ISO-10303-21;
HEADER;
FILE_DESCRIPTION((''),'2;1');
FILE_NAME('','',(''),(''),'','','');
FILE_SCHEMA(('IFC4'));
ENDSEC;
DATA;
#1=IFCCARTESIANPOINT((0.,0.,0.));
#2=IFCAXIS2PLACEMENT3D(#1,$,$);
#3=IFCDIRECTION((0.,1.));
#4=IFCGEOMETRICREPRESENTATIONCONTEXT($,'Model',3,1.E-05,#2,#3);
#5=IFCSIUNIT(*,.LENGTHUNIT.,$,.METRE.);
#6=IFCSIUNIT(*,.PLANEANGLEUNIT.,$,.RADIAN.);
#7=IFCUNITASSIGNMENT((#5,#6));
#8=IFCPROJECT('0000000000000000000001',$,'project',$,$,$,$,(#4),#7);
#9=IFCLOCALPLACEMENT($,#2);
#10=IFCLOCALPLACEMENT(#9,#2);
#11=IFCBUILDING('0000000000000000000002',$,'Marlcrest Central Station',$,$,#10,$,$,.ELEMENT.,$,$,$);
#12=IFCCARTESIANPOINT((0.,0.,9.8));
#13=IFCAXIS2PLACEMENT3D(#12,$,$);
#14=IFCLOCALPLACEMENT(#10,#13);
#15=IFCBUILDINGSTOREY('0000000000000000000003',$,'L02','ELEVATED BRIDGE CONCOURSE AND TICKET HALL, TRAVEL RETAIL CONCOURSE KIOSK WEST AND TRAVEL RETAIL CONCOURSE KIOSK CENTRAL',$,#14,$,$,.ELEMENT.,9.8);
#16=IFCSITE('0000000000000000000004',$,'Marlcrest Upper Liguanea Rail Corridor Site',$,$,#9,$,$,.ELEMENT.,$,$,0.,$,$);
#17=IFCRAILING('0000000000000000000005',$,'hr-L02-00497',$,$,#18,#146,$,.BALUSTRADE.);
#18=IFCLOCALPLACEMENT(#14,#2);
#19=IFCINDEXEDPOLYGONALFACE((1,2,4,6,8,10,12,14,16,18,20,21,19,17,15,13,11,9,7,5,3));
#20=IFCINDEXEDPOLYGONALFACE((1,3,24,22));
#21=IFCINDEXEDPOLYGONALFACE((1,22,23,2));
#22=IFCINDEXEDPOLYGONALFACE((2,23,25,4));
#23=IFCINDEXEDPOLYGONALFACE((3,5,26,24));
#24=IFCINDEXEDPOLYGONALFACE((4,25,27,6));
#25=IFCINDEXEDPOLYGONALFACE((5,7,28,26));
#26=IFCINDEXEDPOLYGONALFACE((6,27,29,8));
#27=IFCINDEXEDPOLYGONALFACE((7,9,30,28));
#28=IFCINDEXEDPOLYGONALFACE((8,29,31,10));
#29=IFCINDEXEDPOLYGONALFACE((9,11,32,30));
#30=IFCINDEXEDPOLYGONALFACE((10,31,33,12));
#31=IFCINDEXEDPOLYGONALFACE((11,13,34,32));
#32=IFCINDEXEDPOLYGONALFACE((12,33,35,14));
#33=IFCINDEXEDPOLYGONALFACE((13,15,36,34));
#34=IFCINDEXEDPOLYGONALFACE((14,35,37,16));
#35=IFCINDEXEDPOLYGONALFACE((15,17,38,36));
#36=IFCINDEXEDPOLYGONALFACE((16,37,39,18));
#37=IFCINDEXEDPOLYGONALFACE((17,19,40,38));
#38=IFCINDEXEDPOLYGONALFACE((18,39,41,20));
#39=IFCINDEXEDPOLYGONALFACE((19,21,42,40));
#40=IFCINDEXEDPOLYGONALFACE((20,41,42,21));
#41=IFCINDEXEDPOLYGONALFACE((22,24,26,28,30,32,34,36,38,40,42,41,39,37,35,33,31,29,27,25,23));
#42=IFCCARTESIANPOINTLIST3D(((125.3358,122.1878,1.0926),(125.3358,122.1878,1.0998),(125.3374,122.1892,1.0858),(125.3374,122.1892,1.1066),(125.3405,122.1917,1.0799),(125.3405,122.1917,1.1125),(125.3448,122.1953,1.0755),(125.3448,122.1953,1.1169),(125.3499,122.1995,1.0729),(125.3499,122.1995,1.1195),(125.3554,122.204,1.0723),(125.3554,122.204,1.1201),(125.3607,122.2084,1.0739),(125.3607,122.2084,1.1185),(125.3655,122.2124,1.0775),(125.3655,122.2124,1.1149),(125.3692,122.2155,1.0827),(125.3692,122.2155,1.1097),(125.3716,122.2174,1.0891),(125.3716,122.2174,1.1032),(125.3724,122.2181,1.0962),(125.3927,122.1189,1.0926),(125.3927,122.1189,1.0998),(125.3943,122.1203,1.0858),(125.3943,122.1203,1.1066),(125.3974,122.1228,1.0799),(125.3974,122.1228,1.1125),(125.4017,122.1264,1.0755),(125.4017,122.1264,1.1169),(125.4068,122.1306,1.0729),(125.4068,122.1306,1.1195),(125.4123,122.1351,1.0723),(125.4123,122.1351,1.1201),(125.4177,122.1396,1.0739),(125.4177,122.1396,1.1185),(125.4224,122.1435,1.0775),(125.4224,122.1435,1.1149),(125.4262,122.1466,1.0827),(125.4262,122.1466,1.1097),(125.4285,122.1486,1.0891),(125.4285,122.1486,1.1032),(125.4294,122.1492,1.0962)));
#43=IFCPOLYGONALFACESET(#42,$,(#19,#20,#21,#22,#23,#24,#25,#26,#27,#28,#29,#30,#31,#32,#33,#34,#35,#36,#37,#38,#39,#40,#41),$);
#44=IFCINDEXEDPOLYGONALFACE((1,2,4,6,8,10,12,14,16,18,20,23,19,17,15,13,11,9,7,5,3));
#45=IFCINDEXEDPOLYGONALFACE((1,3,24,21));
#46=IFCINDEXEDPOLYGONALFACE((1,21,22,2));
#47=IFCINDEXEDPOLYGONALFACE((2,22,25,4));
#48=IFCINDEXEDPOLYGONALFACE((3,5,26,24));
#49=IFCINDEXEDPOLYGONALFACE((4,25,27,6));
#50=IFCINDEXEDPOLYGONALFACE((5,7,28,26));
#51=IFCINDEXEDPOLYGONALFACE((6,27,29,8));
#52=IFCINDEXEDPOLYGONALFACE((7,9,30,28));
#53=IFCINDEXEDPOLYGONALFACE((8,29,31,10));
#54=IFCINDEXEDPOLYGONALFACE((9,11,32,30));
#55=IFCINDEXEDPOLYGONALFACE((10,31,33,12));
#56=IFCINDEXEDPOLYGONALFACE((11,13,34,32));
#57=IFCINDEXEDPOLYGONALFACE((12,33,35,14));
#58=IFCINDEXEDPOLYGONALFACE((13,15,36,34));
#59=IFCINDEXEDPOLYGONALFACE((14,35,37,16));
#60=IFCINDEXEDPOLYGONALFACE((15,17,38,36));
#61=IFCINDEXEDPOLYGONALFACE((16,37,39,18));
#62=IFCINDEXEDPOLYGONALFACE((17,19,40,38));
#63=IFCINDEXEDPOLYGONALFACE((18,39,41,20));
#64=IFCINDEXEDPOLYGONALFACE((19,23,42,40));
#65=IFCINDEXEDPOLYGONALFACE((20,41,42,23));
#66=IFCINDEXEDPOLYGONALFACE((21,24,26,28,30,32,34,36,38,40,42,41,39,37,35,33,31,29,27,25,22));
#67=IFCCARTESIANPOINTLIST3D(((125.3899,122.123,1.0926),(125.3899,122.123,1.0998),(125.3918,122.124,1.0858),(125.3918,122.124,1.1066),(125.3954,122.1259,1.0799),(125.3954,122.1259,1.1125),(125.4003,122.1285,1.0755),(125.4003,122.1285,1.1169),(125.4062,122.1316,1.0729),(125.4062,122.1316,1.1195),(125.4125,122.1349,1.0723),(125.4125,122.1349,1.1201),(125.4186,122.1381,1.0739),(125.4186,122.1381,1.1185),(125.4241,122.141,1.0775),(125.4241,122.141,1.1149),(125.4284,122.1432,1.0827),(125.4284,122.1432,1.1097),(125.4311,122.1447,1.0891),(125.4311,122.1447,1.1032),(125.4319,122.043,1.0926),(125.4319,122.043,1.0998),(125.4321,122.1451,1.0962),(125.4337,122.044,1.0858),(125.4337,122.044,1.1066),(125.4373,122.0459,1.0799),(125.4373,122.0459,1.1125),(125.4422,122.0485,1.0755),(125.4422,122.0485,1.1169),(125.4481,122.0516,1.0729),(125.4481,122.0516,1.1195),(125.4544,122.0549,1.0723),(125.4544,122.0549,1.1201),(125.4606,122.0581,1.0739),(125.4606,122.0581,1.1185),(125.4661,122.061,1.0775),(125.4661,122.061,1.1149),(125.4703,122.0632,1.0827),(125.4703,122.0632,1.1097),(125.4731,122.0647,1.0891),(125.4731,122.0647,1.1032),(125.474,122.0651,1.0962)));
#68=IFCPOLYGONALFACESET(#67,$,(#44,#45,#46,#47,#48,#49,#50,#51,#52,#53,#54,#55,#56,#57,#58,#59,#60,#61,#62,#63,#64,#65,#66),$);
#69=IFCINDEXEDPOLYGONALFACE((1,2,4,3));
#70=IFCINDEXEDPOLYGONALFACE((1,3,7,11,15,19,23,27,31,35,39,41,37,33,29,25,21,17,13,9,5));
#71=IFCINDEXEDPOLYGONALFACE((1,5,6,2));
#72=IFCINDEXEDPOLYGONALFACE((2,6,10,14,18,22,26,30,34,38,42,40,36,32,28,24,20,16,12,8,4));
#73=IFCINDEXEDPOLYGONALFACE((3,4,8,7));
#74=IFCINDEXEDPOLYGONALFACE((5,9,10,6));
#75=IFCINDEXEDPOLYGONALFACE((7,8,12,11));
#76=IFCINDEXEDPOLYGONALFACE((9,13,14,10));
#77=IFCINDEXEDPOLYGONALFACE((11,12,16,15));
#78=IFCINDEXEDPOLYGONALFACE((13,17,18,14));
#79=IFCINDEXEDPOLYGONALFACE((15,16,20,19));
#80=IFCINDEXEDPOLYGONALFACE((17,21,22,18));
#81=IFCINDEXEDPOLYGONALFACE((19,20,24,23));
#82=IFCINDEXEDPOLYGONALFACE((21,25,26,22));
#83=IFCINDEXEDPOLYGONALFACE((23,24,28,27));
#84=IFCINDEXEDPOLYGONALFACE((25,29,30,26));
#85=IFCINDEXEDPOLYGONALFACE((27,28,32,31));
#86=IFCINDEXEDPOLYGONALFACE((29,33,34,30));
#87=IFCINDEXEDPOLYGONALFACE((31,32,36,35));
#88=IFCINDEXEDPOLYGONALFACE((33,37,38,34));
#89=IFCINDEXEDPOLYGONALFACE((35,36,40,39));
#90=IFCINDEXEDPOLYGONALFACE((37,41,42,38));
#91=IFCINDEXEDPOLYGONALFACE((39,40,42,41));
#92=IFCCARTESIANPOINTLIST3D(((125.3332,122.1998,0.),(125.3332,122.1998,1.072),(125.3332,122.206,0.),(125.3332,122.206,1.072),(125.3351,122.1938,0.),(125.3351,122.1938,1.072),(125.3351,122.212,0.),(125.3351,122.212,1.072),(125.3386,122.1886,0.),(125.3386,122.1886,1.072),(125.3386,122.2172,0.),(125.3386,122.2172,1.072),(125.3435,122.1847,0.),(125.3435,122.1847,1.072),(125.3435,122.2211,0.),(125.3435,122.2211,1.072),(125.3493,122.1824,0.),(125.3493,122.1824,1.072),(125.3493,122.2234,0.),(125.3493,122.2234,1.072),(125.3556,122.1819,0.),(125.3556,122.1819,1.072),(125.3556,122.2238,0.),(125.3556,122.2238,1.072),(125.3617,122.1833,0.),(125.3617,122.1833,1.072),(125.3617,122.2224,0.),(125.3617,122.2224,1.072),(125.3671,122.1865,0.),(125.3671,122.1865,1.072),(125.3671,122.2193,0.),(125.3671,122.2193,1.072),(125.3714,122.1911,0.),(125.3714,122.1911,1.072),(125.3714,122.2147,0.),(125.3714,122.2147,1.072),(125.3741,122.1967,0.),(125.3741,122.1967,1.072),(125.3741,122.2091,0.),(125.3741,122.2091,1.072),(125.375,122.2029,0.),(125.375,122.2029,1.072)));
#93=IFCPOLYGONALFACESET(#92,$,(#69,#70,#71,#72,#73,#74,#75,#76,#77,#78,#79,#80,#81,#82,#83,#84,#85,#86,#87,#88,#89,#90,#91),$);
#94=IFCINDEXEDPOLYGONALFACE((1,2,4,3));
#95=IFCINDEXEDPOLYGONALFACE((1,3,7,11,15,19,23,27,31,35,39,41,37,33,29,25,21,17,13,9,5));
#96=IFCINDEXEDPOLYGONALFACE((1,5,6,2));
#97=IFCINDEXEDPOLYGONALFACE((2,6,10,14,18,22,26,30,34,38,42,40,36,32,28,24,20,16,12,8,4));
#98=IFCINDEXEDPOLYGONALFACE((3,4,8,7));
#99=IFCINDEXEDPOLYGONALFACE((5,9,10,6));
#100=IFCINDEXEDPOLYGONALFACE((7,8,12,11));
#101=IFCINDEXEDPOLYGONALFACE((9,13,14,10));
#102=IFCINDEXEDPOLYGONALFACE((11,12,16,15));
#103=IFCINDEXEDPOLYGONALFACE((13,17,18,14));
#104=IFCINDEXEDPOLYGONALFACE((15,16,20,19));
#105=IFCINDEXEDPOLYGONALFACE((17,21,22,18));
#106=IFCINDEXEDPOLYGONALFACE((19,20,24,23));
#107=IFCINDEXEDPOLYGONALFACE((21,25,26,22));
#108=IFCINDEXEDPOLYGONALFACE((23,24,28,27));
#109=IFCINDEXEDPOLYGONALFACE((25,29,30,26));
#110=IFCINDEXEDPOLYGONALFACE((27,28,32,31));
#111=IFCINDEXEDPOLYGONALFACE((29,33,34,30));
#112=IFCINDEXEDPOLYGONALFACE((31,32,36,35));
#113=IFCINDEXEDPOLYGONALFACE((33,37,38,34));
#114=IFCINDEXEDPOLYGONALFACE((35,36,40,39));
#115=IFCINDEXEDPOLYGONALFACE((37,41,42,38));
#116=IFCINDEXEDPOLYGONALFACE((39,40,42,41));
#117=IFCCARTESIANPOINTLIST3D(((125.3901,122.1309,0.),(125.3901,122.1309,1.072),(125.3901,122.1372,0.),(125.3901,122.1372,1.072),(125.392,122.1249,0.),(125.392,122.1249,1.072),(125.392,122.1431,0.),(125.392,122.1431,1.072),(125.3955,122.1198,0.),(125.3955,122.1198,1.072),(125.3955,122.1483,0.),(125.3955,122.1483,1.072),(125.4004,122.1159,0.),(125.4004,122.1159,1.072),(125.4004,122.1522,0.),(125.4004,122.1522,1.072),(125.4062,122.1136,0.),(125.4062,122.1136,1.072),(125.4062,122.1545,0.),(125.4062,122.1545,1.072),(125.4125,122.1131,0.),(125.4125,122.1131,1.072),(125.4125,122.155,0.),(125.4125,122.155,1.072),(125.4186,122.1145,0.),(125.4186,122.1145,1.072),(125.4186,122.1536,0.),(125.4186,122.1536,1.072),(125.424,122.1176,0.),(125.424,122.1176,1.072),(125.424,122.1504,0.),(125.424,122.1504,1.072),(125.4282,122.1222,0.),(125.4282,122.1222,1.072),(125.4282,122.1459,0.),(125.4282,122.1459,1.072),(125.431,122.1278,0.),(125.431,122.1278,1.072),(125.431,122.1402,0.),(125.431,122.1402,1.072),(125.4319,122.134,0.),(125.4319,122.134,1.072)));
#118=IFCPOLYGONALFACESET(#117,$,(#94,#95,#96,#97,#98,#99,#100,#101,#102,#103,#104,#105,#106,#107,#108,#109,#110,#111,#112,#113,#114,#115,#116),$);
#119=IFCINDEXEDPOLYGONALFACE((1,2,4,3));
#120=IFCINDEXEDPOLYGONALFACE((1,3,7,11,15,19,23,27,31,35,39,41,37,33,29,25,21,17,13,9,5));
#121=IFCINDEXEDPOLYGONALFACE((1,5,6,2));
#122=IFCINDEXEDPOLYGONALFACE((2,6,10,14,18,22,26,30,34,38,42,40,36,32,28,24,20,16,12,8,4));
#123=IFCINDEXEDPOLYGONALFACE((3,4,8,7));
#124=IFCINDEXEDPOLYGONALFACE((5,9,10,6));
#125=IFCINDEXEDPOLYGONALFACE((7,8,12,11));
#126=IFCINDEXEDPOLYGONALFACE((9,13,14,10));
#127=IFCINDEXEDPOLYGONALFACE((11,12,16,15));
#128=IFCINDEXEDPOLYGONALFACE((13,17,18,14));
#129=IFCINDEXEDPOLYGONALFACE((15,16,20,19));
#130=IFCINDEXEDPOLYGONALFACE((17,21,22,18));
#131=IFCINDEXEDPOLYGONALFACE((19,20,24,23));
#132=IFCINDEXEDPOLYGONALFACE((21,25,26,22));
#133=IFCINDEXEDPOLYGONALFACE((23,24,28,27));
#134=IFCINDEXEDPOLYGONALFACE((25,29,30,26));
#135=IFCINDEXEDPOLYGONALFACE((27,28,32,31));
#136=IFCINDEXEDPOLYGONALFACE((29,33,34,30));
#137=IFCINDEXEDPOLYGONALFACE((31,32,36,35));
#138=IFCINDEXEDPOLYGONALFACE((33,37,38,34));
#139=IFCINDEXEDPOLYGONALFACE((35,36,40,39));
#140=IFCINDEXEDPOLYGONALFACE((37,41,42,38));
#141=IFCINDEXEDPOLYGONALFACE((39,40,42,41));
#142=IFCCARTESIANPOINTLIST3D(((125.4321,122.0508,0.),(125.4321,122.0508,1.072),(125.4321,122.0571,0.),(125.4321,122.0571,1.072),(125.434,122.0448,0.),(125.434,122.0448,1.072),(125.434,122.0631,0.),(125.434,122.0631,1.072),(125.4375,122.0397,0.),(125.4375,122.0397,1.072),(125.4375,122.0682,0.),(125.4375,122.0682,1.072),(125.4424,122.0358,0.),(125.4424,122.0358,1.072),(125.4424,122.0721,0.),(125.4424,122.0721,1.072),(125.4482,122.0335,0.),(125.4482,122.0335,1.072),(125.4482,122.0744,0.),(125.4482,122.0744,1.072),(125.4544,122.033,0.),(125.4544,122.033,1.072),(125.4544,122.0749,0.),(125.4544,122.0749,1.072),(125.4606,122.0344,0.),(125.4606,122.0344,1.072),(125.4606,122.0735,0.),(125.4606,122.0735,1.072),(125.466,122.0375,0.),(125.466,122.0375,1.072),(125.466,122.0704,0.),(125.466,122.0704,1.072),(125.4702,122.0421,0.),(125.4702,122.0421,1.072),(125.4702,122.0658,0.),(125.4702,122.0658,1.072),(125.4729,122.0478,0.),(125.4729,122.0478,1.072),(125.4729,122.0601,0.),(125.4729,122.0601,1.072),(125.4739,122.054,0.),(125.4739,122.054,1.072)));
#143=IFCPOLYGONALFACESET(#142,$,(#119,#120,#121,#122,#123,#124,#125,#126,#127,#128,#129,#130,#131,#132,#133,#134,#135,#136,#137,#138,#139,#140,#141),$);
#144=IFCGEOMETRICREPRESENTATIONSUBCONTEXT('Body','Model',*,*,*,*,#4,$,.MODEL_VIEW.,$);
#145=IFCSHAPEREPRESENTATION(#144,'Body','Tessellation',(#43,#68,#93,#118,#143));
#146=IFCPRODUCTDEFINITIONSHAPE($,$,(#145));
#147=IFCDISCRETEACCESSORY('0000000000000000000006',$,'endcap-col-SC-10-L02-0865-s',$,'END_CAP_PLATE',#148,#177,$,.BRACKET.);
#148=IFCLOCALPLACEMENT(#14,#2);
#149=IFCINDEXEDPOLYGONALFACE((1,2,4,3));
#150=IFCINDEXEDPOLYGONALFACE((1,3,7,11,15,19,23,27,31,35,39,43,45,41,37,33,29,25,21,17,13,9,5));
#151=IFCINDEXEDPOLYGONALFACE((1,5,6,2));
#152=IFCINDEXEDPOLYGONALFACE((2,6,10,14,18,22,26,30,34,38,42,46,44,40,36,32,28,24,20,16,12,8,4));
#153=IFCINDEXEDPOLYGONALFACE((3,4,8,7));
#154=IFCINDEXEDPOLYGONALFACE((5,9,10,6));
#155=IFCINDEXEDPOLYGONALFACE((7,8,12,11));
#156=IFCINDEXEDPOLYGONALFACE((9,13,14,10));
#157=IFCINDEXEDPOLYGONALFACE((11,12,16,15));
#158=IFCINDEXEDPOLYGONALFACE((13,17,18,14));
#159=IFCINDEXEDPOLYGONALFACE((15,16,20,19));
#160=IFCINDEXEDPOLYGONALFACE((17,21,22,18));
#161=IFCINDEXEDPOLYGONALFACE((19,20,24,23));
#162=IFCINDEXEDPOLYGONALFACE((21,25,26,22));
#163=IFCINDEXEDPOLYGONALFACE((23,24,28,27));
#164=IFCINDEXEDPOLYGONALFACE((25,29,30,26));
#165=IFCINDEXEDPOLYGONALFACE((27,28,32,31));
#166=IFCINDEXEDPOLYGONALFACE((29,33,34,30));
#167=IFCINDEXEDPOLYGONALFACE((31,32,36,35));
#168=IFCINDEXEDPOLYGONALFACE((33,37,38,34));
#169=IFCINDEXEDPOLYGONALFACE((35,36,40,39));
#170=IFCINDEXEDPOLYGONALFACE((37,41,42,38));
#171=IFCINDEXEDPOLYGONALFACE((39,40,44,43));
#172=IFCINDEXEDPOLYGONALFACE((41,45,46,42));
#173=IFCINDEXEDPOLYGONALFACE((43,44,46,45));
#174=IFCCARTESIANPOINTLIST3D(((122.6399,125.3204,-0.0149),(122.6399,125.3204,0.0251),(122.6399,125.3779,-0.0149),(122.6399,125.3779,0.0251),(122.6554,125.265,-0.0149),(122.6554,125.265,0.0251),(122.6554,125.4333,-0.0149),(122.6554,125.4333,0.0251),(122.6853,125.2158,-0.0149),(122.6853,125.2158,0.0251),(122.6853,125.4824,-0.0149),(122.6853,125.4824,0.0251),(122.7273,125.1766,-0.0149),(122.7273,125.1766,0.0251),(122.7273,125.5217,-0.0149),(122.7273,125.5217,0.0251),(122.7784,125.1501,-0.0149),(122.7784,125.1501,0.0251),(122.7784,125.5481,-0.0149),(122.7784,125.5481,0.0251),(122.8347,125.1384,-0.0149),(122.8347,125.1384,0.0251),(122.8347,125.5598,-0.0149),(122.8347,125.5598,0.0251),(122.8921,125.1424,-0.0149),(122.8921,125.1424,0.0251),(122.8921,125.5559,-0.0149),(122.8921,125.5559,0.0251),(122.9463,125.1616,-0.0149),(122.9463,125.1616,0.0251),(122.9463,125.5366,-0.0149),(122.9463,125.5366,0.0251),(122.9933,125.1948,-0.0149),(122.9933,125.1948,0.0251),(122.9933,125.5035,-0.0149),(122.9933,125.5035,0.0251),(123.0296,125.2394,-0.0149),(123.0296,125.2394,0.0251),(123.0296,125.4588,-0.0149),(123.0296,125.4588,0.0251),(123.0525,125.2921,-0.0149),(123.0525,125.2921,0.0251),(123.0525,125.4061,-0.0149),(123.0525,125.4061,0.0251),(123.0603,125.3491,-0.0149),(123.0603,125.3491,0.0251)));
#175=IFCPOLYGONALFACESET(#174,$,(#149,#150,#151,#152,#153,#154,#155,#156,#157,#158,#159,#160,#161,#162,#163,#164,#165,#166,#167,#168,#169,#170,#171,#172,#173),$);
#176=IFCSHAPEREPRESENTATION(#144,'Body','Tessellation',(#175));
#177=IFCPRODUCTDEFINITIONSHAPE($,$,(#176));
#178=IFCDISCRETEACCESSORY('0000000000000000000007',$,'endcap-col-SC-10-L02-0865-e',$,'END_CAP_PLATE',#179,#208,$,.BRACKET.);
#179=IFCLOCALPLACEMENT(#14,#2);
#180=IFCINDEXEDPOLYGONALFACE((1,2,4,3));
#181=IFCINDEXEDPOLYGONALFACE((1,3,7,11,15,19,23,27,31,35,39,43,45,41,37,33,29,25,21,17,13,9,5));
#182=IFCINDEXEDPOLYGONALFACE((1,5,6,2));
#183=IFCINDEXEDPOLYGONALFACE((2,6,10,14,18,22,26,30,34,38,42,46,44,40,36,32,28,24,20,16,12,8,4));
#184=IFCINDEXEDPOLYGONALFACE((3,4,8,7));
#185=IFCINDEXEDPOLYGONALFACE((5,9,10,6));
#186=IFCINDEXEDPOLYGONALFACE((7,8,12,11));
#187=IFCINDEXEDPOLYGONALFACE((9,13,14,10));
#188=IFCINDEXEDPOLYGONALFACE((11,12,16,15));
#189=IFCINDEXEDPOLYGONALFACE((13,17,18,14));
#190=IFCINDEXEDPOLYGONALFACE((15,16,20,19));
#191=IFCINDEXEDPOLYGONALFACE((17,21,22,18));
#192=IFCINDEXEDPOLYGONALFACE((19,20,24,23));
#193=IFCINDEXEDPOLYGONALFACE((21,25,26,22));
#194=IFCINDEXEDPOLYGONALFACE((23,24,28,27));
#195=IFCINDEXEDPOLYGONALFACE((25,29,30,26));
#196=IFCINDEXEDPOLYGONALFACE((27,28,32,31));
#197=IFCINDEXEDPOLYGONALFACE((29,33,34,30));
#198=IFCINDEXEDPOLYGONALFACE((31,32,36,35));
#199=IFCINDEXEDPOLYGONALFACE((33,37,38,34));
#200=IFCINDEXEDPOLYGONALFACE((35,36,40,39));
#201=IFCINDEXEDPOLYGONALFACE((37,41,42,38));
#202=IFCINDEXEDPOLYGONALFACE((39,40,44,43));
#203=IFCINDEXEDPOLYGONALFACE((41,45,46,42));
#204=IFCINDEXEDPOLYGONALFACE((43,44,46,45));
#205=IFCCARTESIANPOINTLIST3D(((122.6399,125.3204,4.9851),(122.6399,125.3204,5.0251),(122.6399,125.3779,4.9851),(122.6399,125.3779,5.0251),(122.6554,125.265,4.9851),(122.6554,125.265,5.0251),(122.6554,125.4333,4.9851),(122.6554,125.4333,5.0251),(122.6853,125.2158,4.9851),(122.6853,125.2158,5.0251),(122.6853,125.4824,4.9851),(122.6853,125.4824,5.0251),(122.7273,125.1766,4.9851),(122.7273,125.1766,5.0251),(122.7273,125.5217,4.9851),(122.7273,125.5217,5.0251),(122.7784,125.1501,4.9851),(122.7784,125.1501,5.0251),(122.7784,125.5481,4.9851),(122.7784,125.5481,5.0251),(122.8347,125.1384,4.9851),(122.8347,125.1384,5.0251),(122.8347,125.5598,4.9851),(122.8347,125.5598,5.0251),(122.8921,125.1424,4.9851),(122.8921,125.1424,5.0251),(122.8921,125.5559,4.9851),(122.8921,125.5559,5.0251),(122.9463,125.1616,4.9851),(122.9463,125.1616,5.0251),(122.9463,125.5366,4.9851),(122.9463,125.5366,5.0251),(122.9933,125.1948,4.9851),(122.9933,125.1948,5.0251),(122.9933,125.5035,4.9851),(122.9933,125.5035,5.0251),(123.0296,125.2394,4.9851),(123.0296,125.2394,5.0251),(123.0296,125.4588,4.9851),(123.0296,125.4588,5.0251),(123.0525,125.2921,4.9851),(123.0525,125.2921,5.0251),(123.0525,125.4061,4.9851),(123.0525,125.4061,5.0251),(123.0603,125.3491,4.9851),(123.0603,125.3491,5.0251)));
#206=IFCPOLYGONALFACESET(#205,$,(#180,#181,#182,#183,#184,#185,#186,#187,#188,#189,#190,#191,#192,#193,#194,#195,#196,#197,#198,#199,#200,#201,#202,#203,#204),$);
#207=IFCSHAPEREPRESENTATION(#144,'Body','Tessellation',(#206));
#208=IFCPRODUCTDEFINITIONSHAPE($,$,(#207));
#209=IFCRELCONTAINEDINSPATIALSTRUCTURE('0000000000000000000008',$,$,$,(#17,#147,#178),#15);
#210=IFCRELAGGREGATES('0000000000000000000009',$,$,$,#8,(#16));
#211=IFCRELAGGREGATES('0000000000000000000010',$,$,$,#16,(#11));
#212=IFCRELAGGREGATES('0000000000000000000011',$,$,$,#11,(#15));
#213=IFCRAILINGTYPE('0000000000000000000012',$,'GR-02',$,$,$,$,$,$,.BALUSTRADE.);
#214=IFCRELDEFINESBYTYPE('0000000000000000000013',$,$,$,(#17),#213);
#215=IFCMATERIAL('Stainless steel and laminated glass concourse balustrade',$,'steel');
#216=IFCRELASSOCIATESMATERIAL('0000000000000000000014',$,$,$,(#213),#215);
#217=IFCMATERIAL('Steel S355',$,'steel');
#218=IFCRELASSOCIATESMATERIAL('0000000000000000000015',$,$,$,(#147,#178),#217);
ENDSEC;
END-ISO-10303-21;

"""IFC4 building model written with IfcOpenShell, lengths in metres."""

from ifc_helpers import new_model, si_unit, direction, frame, origin, origin_2d, place, context, subcontext, project, spatial, circle, extrude, material, type_object, element, save


model = new_model("IFC4")

# Units and contexts
model_context = context("Model", 3, precision=1e-05, world=origin(), true_north=direction((0.0, 1.0)))
body_context = subcontext(model_context, "Body", "Model", "MODEL_VIEW")
ifc_project = project(units=[si_unit("LENGTHUNIT", "METRE"), si_unit("PLANEANGLEUNIT", "RADIAN")], contexts=[model_context])

# Site, building, storey
site_placement = place(None, origin())
site = spatial("IfcSite", under=ifc_project, at=site_placement, Name="Marlcrest Upper Liguanea Rail Corridor Site", CompositionType="ELEMENT", RefElevation=0.0)
building_placement = place(site_placement, origin())
building = spatial("IfcBuilding", under=site, at=building_placement, Name="Marlcrest Central Station", CompositionType="ELEMENT")
storey_placement = place(building_placement, frame((0.0, 0.0, 9.8)))
storey = spatial("IfcBuildingStorey", under=building, at=storey_placement, Name="L02", Description="ELEVATED BRIDGE CONCOURSE AND TICKET HALL, TRAVEL RETAIL CONCOURSE KIOSK WEST AND TRAVEL RETAIL CONCOURSE KIOSK CENTRAL", CompositionType="ELEMENT", Elevation=9.8)

# Shared definitions
ifc_material_1 = material(Name="Steel S355", Category="steel")

# Railing
ifc_material_2 = material(Name="Stainless steel and laminated glass concourse balustrade", Category="steel")
railing_type = type_object("IfcRailingType", Name="GR-02", PredefinedType="BALUSTRADE", material=ifc_material_2)
railing_1_placement = place(storey_placement, frame((125.354, 122.2029, 0.0)))
element("IfcRailing", 1, at=railing_1_placement, inside=storey, type_object=railing_type, Name="hr-L02-00497", PredefinedType="BALUSTRADE", context=body_context, shape_type="SweptSolid", body=[
    extrude(circle(Radius=0.0239, at=origin_2d()), frame((0.0, 0.0, 1.0962), z_axis=(0.636952, -0.770903, 0.0), x_axis=(0.770903, 0.636952, 0.0)), (0.0, 0.0, 1.0), 0.0894),
    extrude(circle(Radius=0.0239, at=origin_2d()), frame((0.0569, -0.0688, 1.0962), z_axis=(0.464411, -0.88562, 0.0), x_axis=(0.88562, 0.464411, 0.0)), (0.0, 0.0, 1.0), 0.0903),
    extrude(circle(Radius=0.021, at=origin_2d()), origin(), (0.0, 0.0, 1.0), 1.072),
    extrude(circle(Radius=0.021, at=origin_2d()), frame((0.0569, -0.0688, 0.0)), (0.0, 0.0, 1.0), 1.072),
    extrude(circle(Radius=0.021, at=origin_2d()), frame((0.0989, -0.1489, 0.0)), (0.0, 0.0, 1.0), 1.072),
])

# Discrete accessories
for number, where, z_axis, x_axis, name in (
    (2, (122.8491, 125.3491, -0.0149), (0.0, 0.0, 1.0), (1.0, 0.0, 0.0), "endcap-col-SC-10-L02-0865-s"),
    (3, (122.8491, 125.3491, 4.9851), (0.0, 0.0, 1.0), (1.0, 0.0, 0.0), "endcap-col-SC-10-L02-0865-e"),
):
    element("IfcDiscreteAccessory", number, at=place(storey_placement, frame(where, z_axis=z_axis, x_axis=x_axis)), inside=storey, material=ifc_material_1, Name=name, ObjectType="END_CAP_PLATE", PredefinedType="BRACKET", context=body_context, shape_type="SweptSolid", body=[
        extrude(circle(Radius=0.2112, at=origin_2d()), origin(), (0.0, 0.0, 1.0), 0.04),
    ])

save(model, "model.ifc")
